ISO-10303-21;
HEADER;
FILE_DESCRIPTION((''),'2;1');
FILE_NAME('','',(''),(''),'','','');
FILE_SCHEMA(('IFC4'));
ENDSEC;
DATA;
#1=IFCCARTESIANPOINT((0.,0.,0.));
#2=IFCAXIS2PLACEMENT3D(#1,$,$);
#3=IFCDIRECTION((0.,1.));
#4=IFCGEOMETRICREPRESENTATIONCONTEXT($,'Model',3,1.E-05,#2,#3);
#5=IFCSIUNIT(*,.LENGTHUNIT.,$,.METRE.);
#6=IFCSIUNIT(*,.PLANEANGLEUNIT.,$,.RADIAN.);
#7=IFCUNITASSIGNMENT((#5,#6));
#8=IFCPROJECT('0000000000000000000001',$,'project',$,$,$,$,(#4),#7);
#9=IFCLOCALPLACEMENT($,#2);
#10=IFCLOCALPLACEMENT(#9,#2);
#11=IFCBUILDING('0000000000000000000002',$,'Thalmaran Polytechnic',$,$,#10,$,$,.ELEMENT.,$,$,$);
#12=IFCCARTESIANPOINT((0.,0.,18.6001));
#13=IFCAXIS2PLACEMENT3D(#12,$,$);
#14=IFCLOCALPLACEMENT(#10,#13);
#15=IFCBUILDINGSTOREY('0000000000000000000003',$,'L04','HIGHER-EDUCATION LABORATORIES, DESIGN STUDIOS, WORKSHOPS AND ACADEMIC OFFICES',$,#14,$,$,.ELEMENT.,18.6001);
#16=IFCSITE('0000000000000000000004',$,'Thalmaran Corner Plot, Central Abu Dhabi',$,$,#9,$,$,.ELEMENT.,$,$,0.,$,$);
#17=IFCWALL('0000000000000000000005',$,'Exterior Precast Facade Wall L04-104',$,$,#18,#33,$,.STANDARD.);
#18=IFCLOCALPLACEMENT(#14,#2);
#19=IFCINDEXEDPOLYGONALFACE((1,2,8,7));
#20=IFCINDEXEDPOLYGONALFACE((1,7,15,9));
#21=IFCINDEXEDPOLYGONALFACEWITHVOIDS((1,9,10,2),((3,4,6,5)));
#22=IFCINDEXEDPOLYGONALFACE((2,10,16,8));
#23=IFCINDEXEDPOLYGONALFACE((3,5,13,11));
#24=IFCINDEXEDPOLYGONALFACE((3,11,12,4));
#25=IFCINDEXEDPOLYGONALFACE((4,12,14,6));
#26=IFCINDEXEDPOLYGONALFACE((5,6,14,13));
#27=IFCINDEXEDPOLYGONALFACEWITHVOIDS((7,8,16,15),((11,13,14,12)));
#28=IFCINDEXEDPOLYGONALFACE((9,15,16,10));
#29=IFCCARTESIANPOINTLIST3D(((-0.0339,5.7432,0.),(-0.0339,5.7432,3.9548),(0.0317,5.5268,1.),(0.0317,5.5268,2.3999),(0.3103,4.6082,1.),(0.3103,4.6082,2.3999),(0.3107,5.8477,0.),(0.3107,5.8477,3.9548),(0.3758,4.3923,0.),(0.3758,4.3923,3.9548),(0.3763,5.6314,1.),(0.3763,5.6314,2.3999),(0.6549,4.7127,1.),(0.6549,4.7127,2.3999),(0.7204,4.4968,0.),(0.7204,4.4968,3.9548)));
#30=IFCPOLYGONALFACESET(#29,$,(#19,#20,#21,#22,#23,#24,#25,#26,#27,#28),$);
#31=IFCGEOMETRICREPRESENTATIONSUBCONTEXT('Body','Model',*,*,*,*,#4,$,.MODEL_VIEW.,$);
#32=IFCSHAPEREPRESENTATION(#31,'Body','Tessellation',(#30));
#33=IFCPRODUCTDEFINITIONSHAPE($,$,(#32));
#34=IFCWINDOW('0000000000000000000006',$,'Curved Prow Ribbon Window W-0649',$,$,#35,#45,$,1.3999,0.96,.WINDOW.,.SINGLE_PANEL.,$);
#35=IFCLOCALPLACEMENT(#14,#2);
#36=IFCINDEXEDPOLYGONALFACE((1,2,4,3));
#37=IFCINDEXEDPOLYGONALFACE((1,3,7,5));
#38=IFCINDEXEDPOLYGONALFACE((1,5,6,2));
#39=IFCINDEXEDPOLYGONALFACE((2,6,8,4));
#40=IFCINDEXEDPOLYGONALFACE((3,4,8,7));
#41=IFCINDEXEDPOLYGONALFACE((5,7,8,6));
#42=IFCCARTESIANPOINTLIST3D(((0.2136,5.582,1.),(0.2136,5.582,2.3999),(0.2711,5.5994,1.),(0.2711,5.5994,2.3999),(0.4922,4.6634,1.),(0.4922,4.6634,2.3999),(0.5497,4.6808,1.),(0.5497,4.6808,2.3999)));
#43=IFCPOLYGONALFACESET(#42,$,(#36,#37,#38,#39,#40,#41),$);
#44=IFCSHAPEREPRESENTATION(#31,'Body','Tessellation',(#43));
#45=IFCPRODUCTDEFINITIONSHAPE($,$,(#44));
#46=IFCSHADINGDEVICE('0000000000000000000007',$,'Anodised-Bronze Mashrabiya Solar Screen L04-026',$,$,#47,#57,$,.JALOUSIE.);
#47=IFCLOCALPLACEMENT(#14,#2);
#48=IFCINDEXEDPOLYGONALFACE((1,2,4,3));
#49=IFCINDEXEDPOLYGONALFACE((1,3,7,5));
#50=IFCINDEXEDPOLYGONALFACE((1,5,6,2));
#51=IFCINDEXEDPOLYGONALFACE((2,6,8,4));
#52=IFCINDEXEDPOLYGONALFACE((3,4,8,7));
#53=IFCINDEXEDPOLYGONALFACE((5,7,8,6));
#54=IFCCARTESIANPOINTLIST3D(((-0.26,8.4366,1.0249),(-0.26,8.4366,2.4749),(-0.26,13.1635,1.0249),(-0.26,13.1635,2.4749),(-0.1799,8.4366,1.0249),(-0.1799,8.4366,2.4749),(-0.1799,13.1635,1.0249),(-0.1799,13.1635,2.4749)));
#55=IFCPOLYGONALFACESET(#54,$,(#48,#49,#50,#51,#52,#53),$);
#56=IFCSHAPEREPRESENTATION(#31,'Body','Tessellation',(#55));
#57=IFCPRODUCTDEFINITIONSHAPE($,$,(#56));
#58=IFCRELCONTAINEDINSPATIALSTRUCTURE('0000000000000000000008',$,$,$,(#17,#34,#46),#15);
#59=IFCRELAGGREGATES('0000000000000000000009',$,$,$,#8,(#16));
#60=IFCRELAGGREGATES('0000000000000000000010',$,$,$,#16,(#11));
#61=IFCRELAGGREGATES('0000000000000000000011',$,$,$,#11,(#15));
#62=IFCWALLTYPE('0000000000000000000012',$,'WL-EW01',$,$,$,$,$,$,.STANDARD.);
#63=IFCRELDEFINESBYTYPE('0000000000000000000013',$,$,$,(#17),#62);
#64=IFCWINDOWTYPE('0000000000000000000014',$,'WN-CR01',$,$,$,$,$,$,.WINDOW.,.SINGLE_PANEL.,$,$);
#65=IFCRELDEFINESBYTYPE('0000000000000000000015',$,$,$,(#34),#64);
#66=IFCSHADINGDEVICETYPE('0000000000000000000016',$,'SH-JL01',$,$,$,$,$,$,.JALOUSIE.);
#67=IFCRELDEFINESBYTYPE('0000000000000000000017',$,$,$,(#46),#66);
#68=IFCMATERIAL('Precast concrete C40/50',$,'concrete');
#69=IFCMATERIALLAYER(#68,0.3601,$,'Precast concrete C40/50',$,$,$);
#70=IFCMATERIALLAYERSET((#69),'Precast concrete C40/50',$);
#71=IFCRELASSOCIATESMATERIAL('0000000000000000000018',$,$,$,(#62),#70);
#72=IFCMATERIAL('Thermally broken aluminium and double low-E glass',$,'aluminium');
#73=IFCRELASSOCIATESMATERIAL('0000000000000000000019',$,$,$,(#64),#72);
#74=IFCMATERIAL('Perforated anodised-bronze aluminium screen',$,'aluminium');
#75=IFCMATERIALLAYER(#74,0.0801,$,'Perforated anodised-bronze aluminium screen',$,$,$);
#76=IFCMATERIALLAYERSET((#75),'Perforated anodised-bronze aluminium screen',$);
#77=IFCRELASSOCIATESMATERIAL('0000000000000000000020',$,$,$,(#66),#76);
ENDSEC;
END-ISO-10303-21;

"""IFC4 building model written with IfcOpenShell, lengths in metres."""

from ifc_helpers import new_model, si_unit, direction, frame, frame_2d, origin, origin_2d, place, context, subcontext, project, spatial, rectangle, extrude, material, layer, layer_set, type_object, element, fill, save


model = new_model("IFC4")

# Units and contexts
model_context = context("Model", 3, precision=1e-05, world=origin(), true_north=direction((0.0, 1.0)))
body_context = subcontext(model_context, "Body", "Model", "MODEL_VIEW")
ifc_project = project(units=[si_unit("LENGTHUNIT", "METRE"), si_unit("PLANEANGLEUNIT", "RADIAN")], contexts=[model_context])

# Site, building, storey
site_placement = place(None, origin())
site = spatial("IfcSite", under=ifc_project, at=site_placement, Name="Thalmaran Corner Plot, Central Abu Dhabi", CompositionType="ELEMENT", RefElevation=0.0)
building_placement = place(site_placement, origin())
building = spatial("IfcBuilding", under=site, at=building_placement, Name="Thalmaran Polytechnic", CompositionType="ELEMENT")
storey_placement = place(building_placement, frame((0.0, 0.0, 18.6001)))
storey = spatial("IfcBuildingStorey", under=building, at=storey_placement, Name="L04", Description="HIGHER-EDUCATION LABORATORIES, DESIGN STUDIOS, WORKSHOPS AND ACADEMIC OFFICES", CompositionType="ELEMENT", Elevation=18.6001)

# Shared definitions
ifc_material_1 = material(Name="Precast concrete C40/50", Category="concrete")
ifc_layer_1 = layer(ifc_material_1, 0.3601, Name="Precast concrete C40/50")
ifc_layer_set_1 = layer_set([ifc_layer_1], Name="Precast concrete C40/50")
wall_type = type_object("IfcWallType", Name="WL-EW01", PredefinedType="STANDARD", material=ifc_layer_set_1)

# Shared definitions
ifc_material_2 = material(Name="Thermally broken aluminium and double low-E glass", Category="aluminium")

# Wall, opening, window
window_type_1 = type_object("IfcWindowType", Name="WN-CR01", PartitioningType="SINGLE_PANEL", PredefinedType="WINDOW", material=ifc_material_2)
wall_1_placement = place(storey_placement, frame((0.5481, 4.4446, 0.0), z_axis=(0.0, 0.0, 1.0), x_axis=(-0.290219, 0.95696, 0.0)))
wall_1 = element("IfcWall", 1, at=wall_1_placement, inside=storey, type_object=wall_type, Name="Exterior Precast Facade Wall L04-104", PredefinedType="STANDARD", context=body_context, shape_type="SweptSolid", body=[
    extrude(rectangle(XDim=1.4116, YDim=0.3601, at=frame_2d((0.7058, 0.0))), origin(), (0.0, 0.0, 1.0), 3.9548),
])
opening_1_placement = place(wall_1_placement, frame((0.2256, 0.0, 1.0)))
opening_1 = element("IfcOpeningElement", 2, at=opening_1_placement, cuts=wall_1, PredefinedType="OPENING", context=body_context, shape_type="SweptSolid", body=[
    extrude(rectangle(XDim=0.96, YDim=1.3999, at=frame_2d((0.48, 0.7))), frame((0.0, 0.1899, 0.0), z_axis=(0.0, -1.0, 0.0), x_axis=(1.0, 0.0, 0.0)), (0.0, 0.0, 1.0), 0.3801),
])
window_1_placement = place(opening_1_placement, origin())
window_1 = element("IfcWindow", 3, at=window_1_placement, inside=storey, type_object=window_type_1, Name="Curved Prow Ribbon Window W-0649", OverallHeight=1.3999, OverallWidth=0.96, PartitioningType="SINGLE_PANEL", PredefinedType="WINDOW", context=body_context, shape_type="SweptSolid", body=[
    extrude(rectangle(XDim=0.96, YDim=1.3999, at=frame_2d((0.48, 0.7))), frame((0.0, -0.01, 0.0), z_axis=(0.0, -1.0, 0.0), x_axis=(1.0, 0.0, 0.0)), (0.0, 0.0, 1.0), 0.0601),
])
fill(opening_1, window_1)

# Shading device
ifc_material_3 = material(Name="Perforated anodised-bronze aluminium screen", Category="aluminium")
ifc_layer_2 = layer(ifc_material_3, 0.0801, Name="Perforated anodised-bronze aluminium screen")
ifc_layer_set_2 = layer_set([ifc_layer_2], Name="Perforated anodised-bronze aluminium screen")
shading_device_type = type_object("IfcShadingDeviceType", Name="SH-JL01", PredefinedType="JALOUSIE", material=ifc_layer_set_2)
shading_device_placement = place(storey_placement, frame((-0.22, 10.8, 1.0249), z_axis=(0.0, 0.0, 1.0), x_axis=(0.0, 1.0, 0.0)))
element("IfcShadingDevice", 4, at=shading_device_placement, inside=storey, type_object=shading_device_type, Name="Anodised-Bronze Mashrabiya Solar Screen L04-026", PredefinedType="JALOUSIE", context=body_context, shape_type="SweptSolid", body=[
    extrude(rectangle(XDim=4.7268, YDim=0.0801, at=origin_2d()), origin(), (0.0, 0.0, 1.0), 1.45),
])

save(model, "model.ifc")
